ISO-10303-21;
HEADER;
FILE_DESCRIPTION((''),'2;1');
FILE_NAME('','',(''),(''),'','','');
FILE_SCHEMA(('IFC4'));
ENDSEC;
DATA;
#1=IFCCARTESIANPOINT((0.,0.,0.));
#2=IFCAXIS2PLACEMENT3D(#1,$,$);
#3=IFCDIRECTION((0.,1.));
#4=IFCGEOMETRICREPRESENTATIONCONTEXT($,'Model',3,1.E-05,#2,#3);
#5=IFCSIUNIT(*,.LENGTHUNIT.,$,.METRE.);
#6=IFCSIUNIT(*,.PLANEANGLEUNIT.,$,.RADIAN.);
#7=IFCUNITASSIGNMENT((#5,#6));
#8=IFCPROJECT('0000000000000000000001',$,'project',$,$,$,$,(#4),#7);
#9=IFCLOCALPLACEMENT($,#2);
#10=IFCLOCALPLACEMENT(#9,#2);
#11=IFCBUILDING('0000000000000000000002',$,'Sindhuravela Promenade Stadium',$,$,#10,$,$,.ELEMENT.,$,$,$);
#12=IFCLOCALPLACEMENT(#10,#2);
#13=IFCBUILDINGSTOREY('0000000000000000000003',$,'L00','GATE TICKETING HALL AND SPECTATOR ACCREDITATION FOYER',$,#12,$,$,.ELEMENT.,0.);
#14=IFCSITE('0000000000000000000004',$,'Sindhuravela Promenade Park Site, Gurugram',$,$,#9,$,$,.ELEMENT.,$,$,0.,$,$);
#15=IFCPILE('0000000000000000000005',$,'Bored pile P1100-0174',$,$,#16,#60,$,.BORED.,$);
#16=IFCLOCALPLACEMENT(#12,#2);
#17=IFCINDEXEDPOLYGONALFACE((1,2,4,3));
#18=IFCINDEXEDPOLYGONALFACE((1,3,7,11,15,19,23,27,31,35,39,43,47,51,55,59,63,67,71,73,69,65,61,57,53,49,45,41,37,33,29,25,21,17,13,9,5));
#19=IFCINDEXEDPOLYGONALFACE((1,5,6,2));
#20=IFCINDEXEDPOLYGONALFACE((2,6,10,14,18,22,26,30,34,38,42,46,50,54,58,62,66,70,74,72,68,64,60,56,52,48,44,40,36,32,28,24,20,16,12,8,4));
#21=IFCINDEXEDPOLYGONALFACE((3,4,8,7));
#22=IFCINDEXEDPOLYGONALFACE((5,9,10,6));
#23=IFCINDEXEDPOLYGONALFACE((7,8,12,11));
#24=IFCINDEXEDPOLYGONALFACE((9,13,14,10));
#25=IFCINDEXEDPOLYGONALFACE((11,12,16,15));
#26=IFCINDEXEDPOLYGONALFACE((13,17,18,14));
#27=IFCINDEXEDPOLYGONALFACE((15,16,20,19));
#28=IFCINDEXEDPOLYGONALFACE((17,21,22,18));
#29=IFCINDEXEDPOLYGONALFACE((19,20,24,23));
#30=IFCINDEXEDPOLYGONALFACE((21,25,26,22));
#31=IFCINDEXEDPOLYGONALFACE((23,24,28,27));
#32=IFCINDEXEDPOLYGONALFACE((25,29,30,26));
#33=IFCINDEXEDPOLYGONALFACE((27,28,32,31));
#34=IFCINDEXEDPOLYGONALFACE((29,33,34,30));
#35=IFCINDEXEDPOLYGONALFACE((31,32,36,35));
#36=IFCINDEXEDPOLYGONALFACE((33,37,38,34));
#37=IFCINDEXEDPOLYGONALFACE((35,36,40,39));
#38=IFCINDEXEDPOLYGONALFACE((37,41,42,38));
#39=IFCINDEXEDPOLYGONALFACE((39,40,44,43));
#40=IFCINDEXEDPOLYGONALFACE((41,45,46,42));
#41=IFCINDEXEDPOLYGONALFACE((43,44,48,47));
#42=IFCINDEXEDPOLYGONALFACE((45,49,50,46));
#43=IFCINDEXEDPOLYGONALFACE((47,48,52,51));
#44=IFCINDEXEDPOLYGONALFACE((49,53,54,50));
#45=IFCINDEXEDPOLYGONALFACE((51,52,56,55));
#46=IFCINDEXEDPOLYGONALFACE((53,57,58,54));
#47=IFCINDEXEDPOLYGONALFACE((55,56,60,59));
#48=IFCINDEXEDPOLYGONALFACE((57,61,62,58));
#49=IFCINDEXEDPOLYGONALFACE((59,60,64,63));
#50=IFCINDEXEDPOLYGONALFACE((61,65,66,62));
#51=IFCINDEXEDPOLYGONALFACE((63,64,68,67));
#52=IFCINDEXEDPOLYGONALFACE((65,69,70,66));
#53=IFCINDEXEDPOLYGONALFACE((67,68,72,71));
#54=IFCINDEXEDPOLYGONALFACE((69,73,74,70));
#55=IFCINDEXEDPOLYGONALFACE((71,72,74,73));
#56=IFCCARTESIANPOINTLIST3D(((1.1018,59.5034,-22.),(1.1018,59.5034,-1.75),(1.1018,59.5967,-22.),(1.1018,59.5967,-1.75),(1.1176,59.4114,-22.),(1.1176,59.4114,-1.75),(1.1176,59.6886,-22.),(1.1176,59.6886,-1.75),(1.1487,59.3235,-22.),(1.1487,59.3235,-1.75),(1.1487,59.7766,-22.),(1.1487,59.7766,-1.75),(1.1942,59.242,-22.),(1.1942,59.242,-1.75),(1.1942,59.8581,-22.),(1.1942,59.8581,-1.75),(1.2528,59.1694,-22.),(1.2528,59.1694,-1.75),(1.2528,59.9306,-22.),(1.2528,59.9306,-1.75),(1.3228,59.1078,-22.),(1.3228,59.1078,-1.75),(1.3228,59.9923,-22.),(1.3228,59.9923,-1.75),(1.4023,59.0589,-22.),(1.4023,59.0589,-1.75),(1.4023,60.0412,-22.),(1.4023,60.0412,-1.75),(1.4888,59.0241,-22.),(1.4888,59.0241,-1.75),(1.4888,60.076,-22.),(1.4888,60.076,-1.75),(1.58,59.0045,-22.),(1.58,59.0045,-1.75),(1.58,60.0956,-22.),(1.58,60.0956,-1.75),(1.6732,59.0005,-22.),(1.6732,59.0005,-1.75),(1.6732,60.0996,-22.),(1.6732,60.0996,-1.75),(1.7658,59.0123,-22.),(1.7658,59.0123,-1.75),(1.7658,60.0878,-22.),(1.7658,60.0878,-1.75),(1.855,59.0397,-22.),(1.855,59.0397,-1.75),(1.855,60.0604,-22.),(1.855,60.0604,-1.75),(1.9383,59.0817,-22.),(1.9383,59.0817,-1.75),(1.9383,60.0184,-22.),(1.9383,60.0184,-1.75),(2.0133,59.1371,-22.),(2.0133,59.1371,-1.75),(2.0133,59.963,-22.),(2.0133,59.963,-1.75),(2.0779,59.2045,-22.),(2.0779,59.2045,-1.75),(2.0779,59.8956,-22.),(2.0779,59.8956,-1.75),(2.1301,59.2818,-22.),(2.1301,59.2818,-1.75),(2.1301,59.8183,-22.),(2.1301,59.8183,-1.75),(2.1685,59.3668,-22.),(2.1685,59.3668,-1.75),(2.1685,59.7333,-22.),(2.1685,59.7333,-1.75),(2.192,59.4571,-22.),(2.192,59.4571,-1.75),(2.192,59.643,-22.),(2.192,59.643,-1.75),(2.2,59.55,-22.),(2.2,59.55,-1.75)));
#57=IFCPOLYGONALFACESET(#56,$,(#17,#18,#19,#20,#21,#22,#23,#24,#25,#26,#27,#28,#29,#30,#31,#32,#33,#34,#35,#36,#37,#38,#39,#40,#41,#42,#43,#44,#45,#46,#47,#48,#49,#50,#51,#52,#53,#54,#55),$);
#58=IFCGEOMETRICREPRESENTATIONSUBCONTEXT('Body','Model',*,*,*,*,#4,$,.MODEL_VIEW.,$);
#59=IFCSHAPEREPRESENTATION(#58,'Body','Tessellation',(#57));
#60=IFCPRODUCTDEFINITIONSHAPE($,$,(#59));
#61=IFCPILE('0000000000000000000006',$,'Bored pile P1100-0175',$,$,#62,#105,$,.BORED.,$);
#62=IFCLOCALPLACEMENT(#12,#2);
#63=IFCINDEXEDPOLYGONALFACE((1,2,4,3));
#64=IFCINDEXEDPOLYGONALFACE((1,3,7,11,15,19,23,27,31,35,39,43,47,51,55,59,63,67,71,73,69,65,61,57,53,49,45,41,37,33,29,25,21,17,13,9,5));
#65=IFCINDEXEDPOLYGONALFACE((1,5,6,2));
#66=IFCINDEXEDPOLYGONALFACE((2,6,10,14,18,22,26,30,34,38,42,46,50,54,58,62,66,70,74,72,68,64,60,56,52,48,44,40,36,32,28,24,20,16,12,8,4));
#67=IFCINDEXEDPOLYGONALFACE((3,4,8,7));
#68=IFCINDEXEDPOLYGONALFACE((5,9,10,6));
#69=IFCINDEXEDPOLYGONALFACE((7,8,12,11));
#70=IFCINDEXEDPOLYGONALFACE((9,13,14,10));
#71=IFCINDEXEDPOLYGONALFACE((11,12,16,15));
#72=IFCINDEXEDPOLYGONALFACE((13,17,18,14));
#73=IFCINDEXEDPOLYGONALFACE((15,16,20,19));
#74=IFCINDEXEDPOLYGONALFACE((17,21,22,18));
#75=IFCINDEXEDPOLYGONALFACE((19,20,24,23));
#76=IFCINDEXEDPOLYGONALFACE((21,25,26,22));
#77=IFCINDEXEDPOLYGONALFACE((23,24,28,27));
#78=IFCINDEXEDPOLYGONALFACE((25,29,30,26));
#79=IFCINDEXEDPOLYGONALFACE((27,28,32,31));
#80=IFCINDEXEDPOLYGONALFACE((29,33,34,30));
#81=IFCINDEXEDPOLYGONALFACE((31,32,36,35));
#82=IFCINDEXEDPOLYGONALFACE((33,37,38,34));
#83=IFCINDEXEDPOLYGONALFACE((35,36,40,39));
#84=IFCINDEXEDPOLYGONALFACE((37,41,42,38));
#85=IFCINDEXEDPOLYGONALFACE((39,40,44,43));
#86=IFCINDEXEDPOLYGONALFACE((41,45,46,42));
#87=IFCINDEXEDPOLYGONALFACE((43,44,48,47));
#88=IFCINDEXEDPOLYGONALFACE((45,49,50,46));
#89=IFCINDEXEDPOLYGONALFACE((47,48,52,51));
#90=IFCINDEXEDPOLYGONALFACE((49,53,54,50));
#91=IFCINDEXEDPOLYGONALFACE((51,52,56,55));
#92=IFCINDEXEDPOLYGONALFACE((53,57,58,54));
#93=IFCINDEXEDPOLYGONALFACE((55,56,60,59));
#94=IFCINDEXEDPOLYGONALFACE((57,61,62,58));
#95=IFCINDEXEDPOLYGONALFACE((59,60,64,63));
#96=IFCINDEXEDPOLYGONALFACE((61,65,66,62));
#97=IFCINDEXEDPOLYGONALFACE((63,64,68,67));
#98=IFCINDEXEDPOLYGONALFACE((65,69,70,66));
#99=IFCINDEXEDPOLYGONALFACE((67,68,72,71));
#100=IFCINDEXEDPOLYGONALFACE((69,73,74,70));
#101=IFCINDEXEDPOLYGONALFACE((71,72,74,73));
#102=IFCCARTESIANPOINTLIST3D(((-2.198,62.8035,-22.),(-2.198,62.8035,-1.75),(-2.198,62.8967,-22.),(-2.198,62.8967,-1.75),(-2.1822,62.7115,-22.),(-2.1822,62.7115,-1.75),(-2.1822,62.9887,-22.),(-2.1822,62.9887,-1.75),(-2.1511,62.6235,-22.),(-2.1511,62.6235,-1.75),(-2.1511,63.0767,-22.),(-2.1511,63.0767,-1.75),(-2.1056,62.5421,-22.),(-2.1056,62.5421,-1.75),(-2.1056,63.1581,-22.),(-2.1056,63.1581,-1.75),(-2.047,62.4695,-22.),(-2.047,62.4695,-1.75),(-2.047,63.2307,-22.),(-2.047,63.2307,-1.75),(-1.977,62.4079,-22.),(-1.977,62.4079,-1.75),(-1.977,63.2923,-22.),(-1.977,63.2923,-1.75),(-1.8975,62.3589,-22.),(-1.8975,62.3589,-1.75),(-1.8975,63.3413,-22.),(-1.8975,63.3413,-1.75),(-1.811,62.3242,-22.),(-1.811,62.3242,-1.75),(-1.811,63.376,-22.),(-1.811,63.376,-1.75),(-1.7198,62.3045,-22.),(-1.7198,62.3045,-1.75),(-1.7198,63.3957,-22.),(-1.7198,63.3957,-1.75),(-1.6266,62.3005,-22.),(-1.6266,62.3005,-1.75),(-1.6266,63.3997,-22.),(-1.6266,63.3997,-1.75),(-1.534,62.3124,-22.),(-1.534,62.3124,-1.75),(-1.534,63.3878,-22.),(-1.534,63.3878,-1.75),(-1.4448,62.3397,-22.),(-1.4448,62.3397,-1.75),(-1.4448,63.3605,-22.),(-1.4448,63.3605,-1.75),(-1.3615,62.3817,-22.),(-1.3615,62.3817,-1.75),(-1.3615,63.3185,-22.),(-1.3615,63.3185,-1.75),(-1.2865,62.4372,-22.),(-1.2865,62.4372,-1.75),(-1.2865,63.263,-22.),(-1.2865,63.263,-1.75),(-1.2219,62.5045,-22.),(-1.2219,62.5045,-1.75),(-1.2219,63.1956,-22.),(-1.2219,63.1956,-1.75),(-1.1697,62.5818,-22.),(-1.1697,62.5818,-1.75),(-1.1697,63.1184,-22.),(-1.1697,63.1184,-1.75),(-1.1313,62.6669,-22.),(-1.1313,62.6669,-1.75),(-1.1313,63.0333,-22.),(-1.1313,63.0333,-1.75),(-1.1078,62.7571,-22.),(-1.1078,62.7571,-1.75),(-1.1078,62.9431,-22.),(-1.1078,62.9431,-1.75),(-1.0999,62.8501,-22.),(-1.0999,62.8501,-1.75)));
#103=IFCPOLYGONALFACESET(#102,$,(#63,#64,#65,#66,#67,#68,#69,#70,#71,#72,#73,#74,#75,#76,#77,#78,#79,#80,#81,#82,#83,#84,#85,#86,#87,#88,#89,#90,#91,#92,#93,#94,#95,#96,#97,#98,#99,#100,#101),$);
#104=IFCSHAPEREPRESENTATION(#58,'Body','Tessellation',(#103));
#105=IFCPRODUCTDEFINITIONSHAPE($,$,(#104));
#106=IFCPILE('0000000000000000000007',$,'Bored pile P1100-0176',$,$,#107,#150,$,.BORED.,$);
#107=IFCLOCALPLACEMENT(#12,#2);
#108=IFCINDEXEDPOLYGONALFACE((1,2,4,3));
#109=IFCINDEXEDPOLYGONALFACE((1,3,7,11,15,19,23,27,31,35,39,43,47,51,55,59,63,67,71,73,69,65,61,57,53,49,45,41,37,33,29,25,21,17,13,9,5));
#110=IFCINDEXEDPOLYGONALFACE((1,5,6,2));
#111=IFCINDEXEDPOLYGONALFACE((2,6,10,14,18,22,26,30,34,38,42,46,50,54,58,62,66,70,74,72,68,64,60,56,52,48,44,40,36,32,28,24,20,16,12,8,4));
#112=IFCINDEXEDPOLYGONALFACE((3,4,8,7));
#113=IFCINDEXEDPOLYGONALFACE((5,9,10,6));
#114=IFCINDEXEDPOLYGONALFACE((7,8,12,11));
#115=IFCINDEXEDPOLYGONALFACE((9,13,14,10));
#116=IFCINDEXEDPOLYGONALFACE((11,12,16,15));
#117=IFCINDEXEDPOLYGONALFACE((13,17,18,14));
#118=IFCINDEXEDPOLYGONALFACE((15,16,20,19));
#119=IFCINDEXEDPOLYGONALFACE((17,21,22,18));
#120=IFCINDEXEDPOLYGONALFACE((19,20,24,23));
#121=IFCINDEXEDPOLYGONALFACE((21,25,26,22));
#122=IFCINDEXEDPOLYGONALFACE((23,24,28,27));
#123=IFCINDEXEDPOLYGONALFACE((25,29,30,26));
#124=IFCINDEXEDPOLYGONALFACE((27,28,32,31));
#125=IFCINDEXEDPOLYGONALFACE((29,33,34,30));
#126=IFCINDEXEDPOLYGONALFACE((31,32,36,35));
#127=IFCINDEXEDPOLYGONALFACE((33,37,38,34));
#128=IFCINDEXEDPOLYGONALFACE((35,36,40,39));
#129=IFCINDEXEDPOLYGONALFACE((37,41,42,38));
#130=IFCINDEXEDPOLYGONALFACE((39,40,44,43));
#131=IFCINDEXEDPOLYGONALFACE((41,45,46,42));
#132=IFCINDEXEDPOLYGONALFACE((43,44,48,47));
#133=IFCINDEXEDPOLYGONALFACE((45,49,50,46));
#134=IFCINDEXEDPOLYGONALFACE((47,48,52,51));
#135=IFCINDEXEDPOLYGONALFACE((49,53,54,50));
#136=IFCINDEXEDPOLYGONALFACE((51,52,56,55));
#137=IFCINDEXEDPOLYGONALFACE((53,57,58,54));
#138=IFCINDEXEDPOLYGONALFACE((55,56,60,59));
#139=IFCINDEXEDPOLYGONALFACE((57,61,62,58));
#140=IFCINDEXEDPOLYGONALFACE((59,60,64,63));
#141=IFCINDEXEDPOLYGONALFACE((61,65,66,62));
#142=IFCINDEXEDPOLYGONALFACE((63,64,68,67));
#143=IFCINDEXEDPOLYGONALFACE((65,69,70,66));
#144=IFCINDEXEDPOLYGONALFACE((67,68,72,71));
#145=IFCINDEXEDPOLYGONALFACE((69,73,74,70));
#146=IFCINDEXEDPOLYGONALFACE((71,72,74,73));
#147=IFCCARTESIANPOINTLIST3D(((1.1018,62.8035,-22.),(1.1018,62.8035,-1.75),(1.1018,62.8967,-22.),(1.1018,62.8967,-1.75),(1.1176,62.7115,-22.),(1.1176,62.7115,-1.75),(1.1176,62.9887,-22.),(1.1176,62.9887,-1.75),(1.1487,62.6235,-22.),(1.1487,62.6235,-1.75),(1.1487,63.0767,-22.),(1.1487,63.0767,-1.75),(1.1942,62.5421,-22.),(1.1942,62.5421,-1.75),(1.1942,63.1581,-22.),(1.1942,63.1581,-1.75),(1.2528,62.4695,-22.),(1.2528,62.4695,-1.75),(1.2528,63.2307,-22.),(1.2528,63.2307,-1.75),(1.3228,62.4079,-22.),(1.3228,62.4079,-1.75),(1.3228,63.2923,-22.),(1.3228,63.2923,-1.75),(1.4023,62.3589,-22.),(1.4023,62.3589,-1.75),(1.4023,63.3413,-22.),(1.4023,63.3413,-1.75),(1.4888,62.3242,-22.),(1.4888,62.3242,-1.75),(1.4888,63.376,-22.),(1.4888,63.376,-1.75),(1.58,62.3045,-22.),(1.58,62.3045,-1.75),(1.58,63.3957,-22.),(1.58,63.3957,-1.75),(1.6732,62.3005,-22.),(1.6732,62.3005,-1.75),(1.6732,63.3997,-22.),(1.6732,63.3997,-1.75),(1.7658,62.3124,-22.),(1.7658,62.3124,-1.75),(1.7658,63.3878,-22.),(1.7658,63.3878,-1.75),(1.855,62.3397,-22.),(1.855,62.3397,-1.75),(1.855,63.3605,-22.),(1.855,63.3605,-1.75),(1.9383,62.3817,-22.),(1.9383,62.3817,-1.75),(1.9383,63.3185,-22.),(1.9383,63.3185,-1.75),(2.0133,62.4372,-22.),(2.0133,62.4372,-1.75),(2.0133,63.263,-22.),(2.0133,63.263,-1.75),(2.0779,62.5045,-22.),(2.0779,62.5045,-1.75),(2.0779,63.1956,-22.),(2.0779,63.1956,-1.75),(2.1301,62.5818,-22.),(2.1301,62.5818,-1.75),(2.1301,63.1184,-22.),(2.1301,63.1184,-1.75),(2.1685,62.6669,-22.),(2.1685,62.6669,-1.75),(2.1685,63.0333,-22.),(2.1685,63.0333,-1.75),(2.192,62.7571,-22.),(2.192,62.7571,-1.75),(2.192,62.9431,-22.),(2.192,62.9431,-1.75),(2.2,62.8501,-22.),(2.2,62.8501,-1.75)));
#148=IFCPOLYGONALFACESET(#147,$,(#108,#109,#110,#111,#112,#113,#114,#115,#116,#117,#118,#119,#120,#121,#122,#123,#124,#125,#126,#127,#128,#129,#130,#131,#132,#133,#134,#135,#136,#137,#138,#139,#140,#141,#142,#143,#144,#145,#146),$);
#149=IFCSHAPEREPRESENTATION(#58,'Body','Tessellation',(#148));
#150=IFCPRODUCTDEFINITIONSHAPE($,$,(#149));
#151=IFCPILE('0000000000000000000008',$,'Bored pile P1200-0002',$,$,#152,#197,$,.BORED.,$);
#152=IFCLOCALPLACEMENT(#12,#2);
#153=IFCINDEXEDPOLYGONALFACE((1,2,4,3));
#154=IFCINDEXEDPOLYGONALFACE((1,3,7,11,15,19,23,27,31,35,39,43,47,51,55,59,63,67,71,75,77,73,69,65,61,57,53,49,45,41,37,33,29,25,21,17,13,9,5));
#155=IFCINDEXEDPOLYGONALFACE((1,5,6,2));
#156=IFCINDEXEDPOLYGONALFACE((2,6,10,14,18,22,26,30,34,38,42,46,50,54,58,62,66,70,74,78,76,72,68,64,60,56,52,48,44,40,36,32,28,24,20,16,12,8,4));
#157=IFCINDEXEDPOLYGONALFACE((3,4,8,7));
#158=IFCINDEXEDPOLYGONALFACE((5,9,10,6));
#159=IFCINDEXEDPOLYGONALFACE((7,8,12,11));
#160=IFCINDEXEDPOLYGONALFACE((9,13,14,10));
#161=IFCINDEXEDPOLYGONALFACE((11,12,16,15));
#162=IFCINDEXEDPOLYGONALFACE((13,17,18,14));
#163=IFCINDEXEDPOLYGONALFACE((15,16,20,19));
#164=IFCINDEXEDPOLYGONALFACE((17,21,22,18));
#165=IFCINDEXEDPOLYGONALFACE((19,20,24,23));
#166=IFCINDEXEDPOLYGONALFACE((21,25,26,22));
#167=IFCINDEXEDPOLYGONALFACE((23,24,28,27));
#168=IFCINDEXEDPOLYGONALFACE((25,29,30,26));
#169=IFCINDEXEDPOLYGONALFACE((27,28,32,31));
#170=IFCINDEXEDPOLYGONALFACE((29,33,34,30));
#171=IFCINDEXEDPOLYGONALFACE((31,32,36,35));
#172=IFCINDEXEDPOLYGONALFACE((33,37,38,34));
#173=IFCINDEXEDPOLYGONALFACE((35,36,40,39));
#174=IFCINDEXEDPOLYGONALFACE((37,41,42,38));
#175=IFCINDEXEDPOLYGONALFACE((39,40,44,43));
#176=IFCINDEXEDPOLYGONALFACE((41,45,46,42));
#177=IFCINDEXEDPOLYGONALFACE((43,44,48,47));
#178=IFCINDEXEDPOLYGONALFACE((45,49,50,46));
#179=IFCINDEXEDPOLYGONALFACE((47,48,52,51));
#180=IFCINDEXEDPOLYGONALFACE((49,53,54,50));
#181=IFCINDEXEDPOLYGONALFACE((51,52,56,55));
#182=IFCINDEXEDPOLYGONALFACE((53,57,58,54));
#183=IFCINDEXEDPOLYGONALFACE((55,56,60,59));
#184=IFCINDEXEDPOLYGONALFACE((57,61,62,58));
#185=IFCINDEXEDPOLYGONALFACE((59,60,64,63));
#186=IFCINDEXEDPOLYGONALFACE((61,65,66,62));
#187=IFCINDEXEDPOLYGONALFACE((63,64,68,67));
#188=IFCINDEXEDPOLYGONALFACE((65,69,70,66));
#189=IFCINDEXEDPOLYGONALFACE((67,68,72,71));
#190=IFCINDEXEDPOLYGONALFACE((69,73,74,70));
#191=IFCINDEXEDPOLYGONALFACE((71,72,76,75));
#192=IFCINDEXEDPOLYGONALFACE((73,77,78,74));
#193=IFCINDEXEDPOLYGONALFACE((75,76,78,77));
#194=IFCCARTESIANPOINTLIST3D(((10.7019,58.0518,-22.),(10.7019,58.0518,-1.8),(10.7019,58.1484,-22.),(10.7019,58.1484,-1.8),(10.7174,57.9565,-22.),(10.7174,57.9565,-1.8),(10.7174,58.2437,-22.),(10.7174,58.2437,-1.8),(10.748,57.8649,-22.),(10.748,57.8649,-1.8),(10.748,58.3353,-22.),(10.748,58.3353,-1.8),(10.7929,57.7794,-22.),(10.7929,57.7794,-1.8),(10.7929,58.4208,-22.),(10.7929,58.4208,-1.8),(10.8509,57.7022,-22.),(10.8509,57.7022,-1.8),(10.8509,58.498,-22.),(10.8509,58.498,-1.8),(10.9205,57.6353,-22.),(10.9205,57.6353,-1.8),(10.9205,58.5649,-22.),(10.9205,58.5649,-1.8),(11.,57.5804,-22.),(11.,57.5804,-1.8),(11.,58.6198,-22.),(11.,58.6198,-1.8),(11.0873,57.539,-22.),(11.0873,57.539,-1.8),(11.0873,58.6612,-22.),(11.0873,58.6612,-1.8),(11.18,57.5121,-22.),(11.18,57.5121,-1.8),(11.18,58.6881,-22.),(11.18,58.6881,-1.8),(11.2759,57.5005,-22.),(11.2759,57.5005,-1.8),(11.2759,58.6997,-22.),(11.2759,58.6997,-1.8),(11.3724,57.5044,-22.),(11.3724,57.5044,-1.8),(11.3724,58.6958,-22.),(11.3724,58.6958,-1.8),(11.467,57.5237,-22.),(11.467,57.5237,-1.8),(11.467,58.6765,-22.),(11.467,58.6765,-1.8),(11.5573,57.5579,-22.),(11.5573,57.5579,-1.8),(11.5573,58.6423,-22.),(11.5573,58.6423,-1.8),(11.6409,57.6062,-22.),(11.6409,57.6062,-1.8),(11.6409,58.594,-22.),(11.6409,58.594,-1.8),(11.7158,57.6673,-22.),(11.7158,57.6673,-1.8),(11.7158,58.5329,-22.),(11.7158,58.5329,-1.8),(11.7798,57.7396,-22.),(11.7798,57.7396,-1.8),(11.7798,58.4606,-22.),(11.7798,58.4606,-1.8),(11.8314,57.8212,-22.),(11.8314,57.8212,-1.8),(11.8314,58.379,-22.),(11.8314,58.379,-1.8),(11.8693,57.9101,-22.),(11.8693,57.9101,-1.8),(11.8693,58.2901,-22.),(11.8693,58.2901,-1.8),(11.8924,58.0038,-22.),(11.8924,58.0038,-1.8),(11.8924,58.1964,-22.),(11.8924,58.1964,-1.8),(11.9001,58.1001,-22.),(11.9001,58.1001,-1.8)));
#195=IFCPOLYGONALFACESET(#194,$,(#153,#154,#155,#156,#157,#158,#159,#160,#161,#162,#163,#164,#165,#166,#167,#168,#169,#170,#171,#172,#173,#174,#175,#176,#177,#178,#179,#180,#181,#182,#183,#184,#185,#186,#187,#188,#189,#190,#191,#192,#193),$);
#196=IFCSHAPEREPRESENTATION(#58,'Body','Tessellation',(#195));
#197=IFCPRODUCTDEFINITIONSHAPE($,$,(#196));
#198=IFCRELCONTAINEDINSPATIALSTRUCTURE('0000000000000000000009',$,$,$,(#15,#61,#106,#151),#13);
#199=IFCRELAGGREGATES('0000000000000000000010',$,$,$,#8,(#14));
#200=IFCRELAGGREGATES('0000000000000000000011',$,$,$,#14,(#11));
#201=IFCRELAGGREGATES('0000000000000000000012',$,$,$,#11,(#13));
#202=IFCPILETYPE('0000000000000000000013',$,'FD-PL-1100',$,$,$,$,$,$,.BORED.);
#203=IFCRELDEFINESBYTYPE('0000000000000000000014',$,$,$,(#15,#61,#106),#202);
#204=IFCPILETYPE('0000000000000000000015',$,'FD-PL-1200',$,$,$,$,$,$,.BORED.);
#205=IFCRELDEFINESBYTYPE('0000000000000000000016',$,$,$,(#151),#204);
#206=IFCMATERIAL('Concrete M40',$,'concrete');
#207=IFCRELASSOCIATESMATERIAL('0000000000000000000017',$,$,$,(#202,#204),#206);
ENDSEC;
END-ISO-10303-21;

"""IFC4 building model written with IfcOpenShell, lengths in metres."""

from ifc_helpers import new_model, si_unit, direction, frame, origin, origin_2d, place, context, subcontext, project, spatial, circle, extrude, material, material_profile, profile_set, type_object, element, save


model = new_model("IFC4")

# Units and contexts
model_context = context("Model", 3, precision=1e-05, world=origin(), true_north=direction((0.0, 1.0)))
body_context = subcontext(model_context, "Body", "Model", "MODEL_VIEW")
ifc_project = project(units=[si_unit("LENGTHUNIT", "METRE"), si_unit("PLANEANGLEUNIT", "RADIAN")], contexts=[model_context])

# Site, building, storey
site_placement = place(None, origin())
site = spatial("IfcSite", under=ifc_project, at=site_placement, Name="Sindhuravela Promenade Park Site, Gurugram", CompositionType="ELEMENT", RefElevation=0.0)
building_placement = place(site_placement, origin())
building = spatial("IfcBuilding", under=site, at=building_placement, Name="Sindhuravela Promenade Stadium", CompositionType="ELEMENT")
storey_placement = place(building_placement, origin())
storey = spatial("IfcBuildingStorey", under=building, at=storey_placement, Name="L00", Description="GATE TICKETING HALL AND SPECTATOR ACCREDITATION FOYER", CompositionType="ELEMENT", Elevation=0.0)

# Piles
ifc_material_1 = material(Name="Concrete M40", Category="concrete")
ifc_material_profile_1 = material_profile(ifc_material_1, circle(Radius=0.55, at=origin_2d()), Name="BORED PILE D1100")
ifc_profile_set_1 = profile_set([ifc_material_profile_1], Name="Concrete M40")
pile_type_1 = type_object("IfcPileType", Name="FD-PL-1100", PredefinedType="BORED", material=ifc_profile_set_1)
for number, where, z_axis, x_axis, name in (
    (1, (1.6499, 59.55, -1.75), (0.0, 0.0, -1.0), (1.0, 0.0, 0.0), "Bored pile P1100-0174"),
    (2, (-1.6499, 62.8501, -1.75), (0.0, 0.0, -1.0), (1.0, 0.0, 0.0), "Bored pile P1100-0175"),
    (3, (1.6499, 62.8501, -1.75), (0.0, 0.0, -1.0), (1.0, 0.0, 0.0), "Bored pile P1100-0176"),
):
    element("IfcPile", number, at=place(storey_placement, frame(where, z_axis=z_axis, x_axis=x_axis)), inside=storey, type_object=pile_type_1, Name=name, PredefinedType="BORED", context=body_context, shape_type="SweptSolid", body=[
        extrude(circle(Radius=0.55, at=origin_2d()), origin(), (0.0, 0.0, 1.0), 20.25),
    ])
ifc_material_profile_2 = material_profile(ifc_material_1, circle(Radius=0.6001, at=origin_2d()), Name="BORED PILE D1200")
ifc_profile_set_2 = profile_set([ifc_material_profile_2], Name="Concrete M40")
pile_type_2 = type_object("IfcPileType", Name="FD-PL-1200", PredefinedType="BORED", material=ifc_profile_set_2)
pile_placement = place(storey_placement, frame((11.3, 58.1001, -1.8), z_axis=(0.0, 0.0, -1.0), x_axis=(1.0, 0.0, 0.0)))
element("IfcPile", 4, at=pile_placement, inside=storey, type_object=pile_type_2, Name="Bored pile P1200-0002", PredefinedType="BORED", context=body_context, shape_type="SweptSolid", body=[
    extrude(circle(Radius=0.6001, at=origin_2d()), origin(), (0.0, 0.0, 1.0), 20.2),
])

save(model, "model.ifc")
